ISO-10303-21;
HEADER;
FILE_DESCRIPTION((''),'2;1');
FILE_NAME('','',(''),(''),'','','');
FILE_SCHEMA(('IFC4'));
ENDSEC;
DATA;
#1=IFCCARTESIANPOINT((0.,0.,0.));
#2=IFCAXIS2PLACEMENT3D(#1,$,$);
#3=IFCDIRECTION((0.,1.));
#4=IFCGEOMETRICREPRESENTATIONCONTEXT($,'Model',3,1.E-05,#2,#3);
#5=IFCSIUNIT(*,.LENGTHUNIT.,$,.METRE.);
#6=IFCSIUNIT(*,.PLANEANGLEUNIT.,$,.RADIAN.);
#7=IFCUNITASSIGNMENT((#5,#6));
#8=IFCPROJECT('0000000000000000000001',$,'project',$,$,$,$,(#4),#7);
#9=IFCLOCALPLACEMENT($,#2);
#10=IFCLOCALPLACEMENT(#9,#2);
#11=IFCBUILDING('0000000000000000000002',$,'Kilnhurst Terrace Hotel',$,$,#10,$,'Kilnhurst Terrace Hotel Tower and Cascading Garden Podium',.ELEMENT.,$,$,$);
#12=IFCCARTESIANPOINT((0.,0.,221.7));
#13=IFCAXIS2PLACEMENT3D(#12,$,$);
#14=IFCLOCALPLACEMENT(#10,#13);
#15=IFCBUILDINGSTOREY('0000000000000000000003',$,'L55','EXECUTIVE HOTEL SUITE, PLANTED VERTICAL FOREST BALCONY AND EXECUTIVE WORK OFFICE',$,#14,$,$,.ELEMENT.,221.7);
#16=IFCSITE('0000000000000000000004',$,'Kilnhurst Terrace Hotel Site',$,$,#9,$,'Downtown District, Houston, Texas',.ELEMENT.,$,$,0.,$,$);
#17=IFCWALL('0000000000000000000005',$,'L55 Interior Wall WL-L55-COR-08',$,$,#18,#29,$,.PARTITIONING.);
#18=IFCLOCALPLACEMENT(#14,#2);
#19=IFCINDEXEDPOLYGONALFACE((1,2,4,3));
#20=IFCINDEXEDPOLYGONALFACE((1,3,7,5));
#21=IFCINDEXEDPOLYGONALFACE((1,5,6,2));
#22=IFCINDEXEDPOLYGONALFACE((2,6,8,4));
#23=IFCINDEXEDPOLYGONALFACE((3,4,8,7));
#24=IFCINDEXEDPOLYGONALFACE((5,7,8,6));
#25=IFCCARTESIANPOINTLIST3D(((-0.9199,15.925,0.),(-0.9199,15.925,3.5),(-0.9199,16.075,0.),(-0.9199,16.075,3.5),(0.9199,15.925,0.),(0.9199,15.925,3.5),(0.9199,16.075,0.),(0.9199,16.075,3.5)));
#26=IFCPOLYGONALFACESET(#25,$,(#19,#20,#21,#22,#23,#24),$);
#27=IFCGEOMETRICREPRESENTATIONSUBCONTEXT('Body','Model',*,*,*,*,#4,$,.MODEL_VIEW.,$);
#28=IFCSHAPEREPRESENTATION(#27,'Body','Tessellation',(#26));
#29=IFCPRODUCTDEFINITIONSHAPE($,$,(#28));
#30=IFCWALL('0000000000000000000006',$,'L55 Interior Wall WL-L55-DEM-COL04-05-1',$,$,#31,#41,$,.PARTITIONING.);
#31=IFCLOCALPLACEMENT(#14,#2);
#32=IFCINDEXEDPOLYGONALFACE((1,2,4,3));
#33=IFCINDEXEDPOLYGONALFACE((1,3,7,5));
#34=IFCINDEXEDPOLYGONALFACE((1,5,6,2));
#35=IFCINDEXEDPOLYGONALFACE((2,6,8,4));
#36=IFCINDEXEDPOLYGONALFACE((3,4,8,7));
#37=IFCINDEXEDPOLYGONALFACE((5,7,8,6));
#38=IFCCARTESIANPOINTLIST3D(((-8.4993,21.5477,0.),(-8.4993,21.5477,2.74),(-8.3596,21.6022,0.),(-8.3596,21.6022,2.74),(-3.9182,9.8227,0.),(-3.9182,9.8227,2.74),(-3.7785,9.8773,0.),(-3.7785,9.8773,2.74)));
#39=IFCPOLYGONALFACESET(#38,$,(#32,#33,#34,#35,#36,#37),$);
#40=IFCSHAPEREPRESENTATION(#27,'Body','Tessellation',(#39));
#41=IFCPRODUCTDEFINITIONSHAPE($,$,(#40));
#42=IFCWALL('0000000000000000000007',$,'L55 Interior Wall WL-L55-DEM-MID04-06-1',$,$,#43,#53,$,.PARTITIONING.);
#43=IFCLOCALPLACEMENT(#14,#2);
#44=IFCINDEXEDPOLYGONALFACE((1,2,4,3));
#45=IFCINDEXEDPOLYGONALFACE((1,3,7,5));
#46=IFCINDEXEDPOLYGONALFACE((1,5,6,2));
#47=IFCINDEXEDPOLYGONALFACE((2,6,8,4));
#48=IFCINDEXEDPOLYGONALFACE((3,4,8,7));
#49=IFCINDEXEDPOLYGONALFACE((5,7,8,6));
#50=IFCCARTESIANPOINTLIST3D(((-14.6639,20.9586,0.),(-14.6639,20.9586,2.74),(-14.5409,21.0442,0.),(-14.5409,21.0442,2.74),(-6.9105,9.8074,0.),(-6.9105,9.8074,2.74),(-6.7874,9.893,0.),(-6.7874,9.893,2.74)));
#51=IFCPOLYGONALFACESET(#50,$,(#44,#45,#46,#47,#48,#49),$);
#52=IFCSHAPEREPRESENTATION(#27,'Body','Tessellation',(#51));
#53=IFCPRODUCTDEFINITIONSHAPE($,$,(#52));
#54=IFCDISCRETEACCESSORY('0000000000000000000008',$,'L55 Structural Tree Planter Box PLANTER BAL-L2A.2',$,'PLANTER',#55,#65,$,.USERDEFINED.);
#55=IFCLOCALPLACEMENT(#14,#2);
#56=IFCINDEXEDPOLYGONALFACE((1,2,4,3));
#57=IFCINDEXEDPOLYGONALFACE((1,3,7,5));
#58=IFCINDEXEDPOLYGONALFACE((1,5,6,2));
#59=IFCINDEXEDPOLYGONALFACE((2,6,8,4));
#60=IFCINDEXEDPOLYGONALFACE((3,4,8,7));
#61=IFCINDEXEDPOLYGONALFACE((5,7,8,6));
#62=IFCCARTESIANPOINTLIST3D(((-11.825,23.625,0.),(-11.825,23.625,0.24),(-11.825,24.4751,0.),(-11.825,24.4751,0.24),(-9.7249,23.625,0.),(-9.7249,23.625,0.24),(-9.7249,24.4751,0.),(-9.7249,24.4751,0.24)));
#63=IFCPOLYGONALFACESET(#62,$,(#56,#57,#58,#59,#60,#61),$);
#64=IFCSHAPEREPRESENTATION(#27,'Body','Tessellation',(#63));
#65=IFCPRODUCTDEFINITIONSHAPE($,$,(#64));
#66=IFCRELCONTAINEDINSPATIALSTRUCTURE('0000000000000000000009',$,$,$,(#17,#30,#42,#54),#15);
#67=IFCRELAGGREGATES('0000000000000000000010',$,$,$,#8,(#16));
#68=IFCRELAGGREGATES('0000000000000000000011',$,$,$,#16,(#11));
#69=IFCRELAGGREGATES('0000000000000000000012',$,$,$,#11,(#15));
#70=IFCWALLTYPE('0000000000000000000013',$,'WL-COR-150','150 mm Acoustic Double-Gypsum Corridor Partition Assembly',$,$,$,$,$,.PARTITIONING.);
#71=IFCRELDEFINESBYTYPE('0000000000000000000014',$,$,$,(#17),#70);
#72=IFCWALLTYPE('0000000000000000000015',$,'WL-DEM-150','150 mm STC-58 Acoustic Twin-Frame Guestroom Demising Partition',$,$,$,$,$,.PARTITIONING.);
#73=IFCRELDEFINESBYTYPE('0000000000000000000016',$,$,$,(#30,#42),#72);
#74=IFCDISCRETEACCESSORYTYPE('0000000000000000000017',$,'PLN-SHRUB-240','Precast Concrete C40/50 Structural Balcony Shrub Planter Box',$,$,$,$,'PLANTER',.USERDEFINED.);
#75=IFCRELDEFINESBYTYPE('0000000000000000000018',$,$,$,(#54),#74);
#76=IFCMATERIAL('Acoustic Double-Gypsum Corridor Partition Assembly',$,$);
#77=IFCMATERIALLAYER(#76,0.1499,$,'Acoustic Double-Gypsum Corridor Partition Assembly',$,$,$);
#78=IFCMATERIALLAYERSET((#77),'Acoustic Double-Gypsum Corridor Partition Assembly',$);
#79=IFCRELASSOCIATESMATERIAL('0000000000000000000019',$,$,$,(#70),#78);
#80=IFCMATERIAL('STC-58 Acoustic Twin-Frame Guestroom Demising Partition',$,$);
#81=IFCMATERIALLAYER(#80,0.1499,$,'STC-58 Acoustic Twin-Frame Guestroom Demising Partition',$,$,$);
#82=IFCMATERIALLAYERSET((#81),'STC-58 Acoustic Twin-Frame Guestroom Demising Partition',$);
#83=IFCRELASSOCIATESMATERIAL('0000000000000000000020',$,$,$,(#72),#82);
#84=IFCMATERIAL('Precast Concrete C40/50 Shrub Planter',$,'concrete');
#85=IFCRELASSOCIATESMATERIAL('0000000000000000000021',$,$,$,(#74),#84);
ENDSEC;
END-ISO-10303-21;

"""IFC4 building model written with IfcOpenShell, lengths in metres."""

from ifc_helpers import new_model, si_unit, direction, frame, frame_2d, origin, origin_2d, place, context, subcontext, project, spatial, rectangle, extrude, material, layer, layer_set, type_object, element, save


model = new_model("IFC4")

# Units and contexts
model_context = context("Model", 3, precision=1e-05, world=origin(), true_north=direction((0.0, 1.0)))
body_context = subcontext(model_context, "Body", "Model", "MODEL_VIEW")
ifc_project = project(units=[si_unit("LENGTHUNIT", "METRE"), si_unit("PLANEANGLEUNIT", "RADIAN")], contexts=[model_context])

# Site, building, storey
site_placement = place(None, origin())
site = spatial("IfcSite", under=ifc_project, at=site_placement, Name="Kilnhurst Terrace Hotel Site", LongName="Downtown District, Houston, Texas", CompositionType="ELEMENT", RefElevation=0.0)
building_placement = place(site_placement, origin())
building = spatial("IfcBuilding", under=site, at=building_placement, Name="Kilnhurst Terrace Hotel", LongName="Kilnhurst Terrace Hotel Tower and Cascading Garden Podium", CompositionType="ELEMENT")
storey_placement = place(building_placement, frame((0.0, 0.0, 221.7)))
storey = spatial("IfcBuildingStorey", under=building, at=storey_placement, Name="L55", Description="EXECUTIVE HOTEL SUITE, PLANTED VERTICAL FOREST BALCONY AND EXECUTIVE WORK OFFICE", CompositionType="ELEMENT", Elevation=221.7)

# Walls
ifc_material_1 = material(Name="Acoustic Double-Gypsum Corridor Partition Assembly")
ifc_layer_1 = layer(ifc_material_1, 0.1499, Name="Acoustic Double-Gypsum Corridor Partition Assembly")
ifc_layer_set_1 = layer_set([ifc_layer_1], Name="Acoustic Double-Gypsum Corridor Partition Assembly")
wall_type_1 = type_object("IfcWallType", Name="WL-COR-150", Description="150 mm Acoustic Double-Gypsum Corridor Partition Assembly", PredefinedType="PARTITIONING", material=ifc_layer_set_1)
wall_1_placement = place(storey_placement, frame((-0.9199, 16.0, 0.0), z_axis=(0.0, 0.0, 1.0), x_axis=(1.0, 0.0, 0.0)))
element("IfcWall", 1, at=wall_1_placement, inside=storey, type_object=wall_type_1, Name="L55 Interior Wall WL-L55-COR-08", PredefinedType="PARTITIONING", context=body_context, shape_type="SweptSolid", body=[
    extrude(rectangle(XDim=1.8398, YDim=0.1499, at=frame_2d((0.9199, 0.0))), origin(), (0.0, 0.0, 1.0), 3.5),
])
ifc_material_2 = material(Name="STC-58 Acoustic Twin-Frame Guestroom Demising Partition")
ifc_layer_2 = layer(ifc_material_2, 0.1499, Name="STC-58 Acoustic Twin-Frame Guestroom Demising Partition")
ifc_layer_set_2 = layer_set([ifc_layer_2], Name="STC-58 Acoustic Twin-Frame Guestroom Demising Partition")
wall_type_2 = type_object("IfcWallType", Name="WL-DEM-150", Description="150 mm STC-58 Acoustic Twin-Frame Guestroom Demising Partition", PredefinedType="PARTITIONING", material=ifc_layer_set_2)
wall_2_placement = place(storey_placement, frame((-3.8484, 9.8501, 0.0), z_axis=(0.0, 0.0, 1.0), x_axis=(-0.363922, 0.93143, 0.0)))
element("IfcWall", 2, at=wall_2_placement, inside=storey, type_object=wall_type_2, Name="L55 Interior Wall WL-L55-DEM-COL04-05-1", PredefinedType="PARTITIONING", context=body_context, shape_type="SweptSolid", body=[
    extrude(rectangle(XDim=12.5881, YDim=0.1499, at=frame_2d((6.2939, 0.0))), origin(), (0.0, 0.0, 1.0), 2.74),
])
wall_3_placement = place(storey_placement, frame((-6.8489, 9.8501, 0.0), z_axis=(0.0, 0.0, 1.0), x_axis=(-0.570872, 0.821039, 0.0)))
element("IfcWall", 3, at=wall_3_placement, inside=storey, type_object=wall_type_2, Name="L55 Interior Wall WL-L55-DEM-MID04-06-1", PredefinedType="PARTITIONING", context=body_context, shape_type="SweptSolid", body=[
    extrude(rectangle(XDim=13.5818, YDim=0.1499, at=frame_2d((6.791, 0.0))), origin(), (0.0, 0.0, 1.0), 2.74),
])

# Discrete accessory
ifc_material_3 = material(Name="Precast Concrete C40/50 Shrub Planter", Category="concrete")
discrete_accessory_type = type_object("IfcDiscreteAccessoryType", Name="PLN-SHRUB-240", Description="Precast Concrete C40/50 Structural Balcony Shrub Planter Box", ElementType="PLANTER", PredefinedType="USERDEFINED", material=ifc_material_3)
discrete_accessory_placement = place(storey_placement, frame((-10.7749, 24.05, 0.0), z_axis=(0.0, 0.0, 1.0), x_axis=(-1.0, 0.0, 0.0)))
element("IfcDiscreteAccessory", 4, at=discrete_accessory_placement, inside=storey, type_object=discrete_accessory_type, Name="L55 Structural Tree Planter Box PLANTER BAL-L2A.2", ObjectType="PLANTER", PredefinedType="USERDEFINED", context=body_context, shape_type="SweptSolid", body=[
    extrude(rectangle(XDim=2.1001, YDim=0.8501, at=origin_2d()), origin(), (0.0, 0.0, 1.0), 0.24),
])

save(model, "model.ifc")
